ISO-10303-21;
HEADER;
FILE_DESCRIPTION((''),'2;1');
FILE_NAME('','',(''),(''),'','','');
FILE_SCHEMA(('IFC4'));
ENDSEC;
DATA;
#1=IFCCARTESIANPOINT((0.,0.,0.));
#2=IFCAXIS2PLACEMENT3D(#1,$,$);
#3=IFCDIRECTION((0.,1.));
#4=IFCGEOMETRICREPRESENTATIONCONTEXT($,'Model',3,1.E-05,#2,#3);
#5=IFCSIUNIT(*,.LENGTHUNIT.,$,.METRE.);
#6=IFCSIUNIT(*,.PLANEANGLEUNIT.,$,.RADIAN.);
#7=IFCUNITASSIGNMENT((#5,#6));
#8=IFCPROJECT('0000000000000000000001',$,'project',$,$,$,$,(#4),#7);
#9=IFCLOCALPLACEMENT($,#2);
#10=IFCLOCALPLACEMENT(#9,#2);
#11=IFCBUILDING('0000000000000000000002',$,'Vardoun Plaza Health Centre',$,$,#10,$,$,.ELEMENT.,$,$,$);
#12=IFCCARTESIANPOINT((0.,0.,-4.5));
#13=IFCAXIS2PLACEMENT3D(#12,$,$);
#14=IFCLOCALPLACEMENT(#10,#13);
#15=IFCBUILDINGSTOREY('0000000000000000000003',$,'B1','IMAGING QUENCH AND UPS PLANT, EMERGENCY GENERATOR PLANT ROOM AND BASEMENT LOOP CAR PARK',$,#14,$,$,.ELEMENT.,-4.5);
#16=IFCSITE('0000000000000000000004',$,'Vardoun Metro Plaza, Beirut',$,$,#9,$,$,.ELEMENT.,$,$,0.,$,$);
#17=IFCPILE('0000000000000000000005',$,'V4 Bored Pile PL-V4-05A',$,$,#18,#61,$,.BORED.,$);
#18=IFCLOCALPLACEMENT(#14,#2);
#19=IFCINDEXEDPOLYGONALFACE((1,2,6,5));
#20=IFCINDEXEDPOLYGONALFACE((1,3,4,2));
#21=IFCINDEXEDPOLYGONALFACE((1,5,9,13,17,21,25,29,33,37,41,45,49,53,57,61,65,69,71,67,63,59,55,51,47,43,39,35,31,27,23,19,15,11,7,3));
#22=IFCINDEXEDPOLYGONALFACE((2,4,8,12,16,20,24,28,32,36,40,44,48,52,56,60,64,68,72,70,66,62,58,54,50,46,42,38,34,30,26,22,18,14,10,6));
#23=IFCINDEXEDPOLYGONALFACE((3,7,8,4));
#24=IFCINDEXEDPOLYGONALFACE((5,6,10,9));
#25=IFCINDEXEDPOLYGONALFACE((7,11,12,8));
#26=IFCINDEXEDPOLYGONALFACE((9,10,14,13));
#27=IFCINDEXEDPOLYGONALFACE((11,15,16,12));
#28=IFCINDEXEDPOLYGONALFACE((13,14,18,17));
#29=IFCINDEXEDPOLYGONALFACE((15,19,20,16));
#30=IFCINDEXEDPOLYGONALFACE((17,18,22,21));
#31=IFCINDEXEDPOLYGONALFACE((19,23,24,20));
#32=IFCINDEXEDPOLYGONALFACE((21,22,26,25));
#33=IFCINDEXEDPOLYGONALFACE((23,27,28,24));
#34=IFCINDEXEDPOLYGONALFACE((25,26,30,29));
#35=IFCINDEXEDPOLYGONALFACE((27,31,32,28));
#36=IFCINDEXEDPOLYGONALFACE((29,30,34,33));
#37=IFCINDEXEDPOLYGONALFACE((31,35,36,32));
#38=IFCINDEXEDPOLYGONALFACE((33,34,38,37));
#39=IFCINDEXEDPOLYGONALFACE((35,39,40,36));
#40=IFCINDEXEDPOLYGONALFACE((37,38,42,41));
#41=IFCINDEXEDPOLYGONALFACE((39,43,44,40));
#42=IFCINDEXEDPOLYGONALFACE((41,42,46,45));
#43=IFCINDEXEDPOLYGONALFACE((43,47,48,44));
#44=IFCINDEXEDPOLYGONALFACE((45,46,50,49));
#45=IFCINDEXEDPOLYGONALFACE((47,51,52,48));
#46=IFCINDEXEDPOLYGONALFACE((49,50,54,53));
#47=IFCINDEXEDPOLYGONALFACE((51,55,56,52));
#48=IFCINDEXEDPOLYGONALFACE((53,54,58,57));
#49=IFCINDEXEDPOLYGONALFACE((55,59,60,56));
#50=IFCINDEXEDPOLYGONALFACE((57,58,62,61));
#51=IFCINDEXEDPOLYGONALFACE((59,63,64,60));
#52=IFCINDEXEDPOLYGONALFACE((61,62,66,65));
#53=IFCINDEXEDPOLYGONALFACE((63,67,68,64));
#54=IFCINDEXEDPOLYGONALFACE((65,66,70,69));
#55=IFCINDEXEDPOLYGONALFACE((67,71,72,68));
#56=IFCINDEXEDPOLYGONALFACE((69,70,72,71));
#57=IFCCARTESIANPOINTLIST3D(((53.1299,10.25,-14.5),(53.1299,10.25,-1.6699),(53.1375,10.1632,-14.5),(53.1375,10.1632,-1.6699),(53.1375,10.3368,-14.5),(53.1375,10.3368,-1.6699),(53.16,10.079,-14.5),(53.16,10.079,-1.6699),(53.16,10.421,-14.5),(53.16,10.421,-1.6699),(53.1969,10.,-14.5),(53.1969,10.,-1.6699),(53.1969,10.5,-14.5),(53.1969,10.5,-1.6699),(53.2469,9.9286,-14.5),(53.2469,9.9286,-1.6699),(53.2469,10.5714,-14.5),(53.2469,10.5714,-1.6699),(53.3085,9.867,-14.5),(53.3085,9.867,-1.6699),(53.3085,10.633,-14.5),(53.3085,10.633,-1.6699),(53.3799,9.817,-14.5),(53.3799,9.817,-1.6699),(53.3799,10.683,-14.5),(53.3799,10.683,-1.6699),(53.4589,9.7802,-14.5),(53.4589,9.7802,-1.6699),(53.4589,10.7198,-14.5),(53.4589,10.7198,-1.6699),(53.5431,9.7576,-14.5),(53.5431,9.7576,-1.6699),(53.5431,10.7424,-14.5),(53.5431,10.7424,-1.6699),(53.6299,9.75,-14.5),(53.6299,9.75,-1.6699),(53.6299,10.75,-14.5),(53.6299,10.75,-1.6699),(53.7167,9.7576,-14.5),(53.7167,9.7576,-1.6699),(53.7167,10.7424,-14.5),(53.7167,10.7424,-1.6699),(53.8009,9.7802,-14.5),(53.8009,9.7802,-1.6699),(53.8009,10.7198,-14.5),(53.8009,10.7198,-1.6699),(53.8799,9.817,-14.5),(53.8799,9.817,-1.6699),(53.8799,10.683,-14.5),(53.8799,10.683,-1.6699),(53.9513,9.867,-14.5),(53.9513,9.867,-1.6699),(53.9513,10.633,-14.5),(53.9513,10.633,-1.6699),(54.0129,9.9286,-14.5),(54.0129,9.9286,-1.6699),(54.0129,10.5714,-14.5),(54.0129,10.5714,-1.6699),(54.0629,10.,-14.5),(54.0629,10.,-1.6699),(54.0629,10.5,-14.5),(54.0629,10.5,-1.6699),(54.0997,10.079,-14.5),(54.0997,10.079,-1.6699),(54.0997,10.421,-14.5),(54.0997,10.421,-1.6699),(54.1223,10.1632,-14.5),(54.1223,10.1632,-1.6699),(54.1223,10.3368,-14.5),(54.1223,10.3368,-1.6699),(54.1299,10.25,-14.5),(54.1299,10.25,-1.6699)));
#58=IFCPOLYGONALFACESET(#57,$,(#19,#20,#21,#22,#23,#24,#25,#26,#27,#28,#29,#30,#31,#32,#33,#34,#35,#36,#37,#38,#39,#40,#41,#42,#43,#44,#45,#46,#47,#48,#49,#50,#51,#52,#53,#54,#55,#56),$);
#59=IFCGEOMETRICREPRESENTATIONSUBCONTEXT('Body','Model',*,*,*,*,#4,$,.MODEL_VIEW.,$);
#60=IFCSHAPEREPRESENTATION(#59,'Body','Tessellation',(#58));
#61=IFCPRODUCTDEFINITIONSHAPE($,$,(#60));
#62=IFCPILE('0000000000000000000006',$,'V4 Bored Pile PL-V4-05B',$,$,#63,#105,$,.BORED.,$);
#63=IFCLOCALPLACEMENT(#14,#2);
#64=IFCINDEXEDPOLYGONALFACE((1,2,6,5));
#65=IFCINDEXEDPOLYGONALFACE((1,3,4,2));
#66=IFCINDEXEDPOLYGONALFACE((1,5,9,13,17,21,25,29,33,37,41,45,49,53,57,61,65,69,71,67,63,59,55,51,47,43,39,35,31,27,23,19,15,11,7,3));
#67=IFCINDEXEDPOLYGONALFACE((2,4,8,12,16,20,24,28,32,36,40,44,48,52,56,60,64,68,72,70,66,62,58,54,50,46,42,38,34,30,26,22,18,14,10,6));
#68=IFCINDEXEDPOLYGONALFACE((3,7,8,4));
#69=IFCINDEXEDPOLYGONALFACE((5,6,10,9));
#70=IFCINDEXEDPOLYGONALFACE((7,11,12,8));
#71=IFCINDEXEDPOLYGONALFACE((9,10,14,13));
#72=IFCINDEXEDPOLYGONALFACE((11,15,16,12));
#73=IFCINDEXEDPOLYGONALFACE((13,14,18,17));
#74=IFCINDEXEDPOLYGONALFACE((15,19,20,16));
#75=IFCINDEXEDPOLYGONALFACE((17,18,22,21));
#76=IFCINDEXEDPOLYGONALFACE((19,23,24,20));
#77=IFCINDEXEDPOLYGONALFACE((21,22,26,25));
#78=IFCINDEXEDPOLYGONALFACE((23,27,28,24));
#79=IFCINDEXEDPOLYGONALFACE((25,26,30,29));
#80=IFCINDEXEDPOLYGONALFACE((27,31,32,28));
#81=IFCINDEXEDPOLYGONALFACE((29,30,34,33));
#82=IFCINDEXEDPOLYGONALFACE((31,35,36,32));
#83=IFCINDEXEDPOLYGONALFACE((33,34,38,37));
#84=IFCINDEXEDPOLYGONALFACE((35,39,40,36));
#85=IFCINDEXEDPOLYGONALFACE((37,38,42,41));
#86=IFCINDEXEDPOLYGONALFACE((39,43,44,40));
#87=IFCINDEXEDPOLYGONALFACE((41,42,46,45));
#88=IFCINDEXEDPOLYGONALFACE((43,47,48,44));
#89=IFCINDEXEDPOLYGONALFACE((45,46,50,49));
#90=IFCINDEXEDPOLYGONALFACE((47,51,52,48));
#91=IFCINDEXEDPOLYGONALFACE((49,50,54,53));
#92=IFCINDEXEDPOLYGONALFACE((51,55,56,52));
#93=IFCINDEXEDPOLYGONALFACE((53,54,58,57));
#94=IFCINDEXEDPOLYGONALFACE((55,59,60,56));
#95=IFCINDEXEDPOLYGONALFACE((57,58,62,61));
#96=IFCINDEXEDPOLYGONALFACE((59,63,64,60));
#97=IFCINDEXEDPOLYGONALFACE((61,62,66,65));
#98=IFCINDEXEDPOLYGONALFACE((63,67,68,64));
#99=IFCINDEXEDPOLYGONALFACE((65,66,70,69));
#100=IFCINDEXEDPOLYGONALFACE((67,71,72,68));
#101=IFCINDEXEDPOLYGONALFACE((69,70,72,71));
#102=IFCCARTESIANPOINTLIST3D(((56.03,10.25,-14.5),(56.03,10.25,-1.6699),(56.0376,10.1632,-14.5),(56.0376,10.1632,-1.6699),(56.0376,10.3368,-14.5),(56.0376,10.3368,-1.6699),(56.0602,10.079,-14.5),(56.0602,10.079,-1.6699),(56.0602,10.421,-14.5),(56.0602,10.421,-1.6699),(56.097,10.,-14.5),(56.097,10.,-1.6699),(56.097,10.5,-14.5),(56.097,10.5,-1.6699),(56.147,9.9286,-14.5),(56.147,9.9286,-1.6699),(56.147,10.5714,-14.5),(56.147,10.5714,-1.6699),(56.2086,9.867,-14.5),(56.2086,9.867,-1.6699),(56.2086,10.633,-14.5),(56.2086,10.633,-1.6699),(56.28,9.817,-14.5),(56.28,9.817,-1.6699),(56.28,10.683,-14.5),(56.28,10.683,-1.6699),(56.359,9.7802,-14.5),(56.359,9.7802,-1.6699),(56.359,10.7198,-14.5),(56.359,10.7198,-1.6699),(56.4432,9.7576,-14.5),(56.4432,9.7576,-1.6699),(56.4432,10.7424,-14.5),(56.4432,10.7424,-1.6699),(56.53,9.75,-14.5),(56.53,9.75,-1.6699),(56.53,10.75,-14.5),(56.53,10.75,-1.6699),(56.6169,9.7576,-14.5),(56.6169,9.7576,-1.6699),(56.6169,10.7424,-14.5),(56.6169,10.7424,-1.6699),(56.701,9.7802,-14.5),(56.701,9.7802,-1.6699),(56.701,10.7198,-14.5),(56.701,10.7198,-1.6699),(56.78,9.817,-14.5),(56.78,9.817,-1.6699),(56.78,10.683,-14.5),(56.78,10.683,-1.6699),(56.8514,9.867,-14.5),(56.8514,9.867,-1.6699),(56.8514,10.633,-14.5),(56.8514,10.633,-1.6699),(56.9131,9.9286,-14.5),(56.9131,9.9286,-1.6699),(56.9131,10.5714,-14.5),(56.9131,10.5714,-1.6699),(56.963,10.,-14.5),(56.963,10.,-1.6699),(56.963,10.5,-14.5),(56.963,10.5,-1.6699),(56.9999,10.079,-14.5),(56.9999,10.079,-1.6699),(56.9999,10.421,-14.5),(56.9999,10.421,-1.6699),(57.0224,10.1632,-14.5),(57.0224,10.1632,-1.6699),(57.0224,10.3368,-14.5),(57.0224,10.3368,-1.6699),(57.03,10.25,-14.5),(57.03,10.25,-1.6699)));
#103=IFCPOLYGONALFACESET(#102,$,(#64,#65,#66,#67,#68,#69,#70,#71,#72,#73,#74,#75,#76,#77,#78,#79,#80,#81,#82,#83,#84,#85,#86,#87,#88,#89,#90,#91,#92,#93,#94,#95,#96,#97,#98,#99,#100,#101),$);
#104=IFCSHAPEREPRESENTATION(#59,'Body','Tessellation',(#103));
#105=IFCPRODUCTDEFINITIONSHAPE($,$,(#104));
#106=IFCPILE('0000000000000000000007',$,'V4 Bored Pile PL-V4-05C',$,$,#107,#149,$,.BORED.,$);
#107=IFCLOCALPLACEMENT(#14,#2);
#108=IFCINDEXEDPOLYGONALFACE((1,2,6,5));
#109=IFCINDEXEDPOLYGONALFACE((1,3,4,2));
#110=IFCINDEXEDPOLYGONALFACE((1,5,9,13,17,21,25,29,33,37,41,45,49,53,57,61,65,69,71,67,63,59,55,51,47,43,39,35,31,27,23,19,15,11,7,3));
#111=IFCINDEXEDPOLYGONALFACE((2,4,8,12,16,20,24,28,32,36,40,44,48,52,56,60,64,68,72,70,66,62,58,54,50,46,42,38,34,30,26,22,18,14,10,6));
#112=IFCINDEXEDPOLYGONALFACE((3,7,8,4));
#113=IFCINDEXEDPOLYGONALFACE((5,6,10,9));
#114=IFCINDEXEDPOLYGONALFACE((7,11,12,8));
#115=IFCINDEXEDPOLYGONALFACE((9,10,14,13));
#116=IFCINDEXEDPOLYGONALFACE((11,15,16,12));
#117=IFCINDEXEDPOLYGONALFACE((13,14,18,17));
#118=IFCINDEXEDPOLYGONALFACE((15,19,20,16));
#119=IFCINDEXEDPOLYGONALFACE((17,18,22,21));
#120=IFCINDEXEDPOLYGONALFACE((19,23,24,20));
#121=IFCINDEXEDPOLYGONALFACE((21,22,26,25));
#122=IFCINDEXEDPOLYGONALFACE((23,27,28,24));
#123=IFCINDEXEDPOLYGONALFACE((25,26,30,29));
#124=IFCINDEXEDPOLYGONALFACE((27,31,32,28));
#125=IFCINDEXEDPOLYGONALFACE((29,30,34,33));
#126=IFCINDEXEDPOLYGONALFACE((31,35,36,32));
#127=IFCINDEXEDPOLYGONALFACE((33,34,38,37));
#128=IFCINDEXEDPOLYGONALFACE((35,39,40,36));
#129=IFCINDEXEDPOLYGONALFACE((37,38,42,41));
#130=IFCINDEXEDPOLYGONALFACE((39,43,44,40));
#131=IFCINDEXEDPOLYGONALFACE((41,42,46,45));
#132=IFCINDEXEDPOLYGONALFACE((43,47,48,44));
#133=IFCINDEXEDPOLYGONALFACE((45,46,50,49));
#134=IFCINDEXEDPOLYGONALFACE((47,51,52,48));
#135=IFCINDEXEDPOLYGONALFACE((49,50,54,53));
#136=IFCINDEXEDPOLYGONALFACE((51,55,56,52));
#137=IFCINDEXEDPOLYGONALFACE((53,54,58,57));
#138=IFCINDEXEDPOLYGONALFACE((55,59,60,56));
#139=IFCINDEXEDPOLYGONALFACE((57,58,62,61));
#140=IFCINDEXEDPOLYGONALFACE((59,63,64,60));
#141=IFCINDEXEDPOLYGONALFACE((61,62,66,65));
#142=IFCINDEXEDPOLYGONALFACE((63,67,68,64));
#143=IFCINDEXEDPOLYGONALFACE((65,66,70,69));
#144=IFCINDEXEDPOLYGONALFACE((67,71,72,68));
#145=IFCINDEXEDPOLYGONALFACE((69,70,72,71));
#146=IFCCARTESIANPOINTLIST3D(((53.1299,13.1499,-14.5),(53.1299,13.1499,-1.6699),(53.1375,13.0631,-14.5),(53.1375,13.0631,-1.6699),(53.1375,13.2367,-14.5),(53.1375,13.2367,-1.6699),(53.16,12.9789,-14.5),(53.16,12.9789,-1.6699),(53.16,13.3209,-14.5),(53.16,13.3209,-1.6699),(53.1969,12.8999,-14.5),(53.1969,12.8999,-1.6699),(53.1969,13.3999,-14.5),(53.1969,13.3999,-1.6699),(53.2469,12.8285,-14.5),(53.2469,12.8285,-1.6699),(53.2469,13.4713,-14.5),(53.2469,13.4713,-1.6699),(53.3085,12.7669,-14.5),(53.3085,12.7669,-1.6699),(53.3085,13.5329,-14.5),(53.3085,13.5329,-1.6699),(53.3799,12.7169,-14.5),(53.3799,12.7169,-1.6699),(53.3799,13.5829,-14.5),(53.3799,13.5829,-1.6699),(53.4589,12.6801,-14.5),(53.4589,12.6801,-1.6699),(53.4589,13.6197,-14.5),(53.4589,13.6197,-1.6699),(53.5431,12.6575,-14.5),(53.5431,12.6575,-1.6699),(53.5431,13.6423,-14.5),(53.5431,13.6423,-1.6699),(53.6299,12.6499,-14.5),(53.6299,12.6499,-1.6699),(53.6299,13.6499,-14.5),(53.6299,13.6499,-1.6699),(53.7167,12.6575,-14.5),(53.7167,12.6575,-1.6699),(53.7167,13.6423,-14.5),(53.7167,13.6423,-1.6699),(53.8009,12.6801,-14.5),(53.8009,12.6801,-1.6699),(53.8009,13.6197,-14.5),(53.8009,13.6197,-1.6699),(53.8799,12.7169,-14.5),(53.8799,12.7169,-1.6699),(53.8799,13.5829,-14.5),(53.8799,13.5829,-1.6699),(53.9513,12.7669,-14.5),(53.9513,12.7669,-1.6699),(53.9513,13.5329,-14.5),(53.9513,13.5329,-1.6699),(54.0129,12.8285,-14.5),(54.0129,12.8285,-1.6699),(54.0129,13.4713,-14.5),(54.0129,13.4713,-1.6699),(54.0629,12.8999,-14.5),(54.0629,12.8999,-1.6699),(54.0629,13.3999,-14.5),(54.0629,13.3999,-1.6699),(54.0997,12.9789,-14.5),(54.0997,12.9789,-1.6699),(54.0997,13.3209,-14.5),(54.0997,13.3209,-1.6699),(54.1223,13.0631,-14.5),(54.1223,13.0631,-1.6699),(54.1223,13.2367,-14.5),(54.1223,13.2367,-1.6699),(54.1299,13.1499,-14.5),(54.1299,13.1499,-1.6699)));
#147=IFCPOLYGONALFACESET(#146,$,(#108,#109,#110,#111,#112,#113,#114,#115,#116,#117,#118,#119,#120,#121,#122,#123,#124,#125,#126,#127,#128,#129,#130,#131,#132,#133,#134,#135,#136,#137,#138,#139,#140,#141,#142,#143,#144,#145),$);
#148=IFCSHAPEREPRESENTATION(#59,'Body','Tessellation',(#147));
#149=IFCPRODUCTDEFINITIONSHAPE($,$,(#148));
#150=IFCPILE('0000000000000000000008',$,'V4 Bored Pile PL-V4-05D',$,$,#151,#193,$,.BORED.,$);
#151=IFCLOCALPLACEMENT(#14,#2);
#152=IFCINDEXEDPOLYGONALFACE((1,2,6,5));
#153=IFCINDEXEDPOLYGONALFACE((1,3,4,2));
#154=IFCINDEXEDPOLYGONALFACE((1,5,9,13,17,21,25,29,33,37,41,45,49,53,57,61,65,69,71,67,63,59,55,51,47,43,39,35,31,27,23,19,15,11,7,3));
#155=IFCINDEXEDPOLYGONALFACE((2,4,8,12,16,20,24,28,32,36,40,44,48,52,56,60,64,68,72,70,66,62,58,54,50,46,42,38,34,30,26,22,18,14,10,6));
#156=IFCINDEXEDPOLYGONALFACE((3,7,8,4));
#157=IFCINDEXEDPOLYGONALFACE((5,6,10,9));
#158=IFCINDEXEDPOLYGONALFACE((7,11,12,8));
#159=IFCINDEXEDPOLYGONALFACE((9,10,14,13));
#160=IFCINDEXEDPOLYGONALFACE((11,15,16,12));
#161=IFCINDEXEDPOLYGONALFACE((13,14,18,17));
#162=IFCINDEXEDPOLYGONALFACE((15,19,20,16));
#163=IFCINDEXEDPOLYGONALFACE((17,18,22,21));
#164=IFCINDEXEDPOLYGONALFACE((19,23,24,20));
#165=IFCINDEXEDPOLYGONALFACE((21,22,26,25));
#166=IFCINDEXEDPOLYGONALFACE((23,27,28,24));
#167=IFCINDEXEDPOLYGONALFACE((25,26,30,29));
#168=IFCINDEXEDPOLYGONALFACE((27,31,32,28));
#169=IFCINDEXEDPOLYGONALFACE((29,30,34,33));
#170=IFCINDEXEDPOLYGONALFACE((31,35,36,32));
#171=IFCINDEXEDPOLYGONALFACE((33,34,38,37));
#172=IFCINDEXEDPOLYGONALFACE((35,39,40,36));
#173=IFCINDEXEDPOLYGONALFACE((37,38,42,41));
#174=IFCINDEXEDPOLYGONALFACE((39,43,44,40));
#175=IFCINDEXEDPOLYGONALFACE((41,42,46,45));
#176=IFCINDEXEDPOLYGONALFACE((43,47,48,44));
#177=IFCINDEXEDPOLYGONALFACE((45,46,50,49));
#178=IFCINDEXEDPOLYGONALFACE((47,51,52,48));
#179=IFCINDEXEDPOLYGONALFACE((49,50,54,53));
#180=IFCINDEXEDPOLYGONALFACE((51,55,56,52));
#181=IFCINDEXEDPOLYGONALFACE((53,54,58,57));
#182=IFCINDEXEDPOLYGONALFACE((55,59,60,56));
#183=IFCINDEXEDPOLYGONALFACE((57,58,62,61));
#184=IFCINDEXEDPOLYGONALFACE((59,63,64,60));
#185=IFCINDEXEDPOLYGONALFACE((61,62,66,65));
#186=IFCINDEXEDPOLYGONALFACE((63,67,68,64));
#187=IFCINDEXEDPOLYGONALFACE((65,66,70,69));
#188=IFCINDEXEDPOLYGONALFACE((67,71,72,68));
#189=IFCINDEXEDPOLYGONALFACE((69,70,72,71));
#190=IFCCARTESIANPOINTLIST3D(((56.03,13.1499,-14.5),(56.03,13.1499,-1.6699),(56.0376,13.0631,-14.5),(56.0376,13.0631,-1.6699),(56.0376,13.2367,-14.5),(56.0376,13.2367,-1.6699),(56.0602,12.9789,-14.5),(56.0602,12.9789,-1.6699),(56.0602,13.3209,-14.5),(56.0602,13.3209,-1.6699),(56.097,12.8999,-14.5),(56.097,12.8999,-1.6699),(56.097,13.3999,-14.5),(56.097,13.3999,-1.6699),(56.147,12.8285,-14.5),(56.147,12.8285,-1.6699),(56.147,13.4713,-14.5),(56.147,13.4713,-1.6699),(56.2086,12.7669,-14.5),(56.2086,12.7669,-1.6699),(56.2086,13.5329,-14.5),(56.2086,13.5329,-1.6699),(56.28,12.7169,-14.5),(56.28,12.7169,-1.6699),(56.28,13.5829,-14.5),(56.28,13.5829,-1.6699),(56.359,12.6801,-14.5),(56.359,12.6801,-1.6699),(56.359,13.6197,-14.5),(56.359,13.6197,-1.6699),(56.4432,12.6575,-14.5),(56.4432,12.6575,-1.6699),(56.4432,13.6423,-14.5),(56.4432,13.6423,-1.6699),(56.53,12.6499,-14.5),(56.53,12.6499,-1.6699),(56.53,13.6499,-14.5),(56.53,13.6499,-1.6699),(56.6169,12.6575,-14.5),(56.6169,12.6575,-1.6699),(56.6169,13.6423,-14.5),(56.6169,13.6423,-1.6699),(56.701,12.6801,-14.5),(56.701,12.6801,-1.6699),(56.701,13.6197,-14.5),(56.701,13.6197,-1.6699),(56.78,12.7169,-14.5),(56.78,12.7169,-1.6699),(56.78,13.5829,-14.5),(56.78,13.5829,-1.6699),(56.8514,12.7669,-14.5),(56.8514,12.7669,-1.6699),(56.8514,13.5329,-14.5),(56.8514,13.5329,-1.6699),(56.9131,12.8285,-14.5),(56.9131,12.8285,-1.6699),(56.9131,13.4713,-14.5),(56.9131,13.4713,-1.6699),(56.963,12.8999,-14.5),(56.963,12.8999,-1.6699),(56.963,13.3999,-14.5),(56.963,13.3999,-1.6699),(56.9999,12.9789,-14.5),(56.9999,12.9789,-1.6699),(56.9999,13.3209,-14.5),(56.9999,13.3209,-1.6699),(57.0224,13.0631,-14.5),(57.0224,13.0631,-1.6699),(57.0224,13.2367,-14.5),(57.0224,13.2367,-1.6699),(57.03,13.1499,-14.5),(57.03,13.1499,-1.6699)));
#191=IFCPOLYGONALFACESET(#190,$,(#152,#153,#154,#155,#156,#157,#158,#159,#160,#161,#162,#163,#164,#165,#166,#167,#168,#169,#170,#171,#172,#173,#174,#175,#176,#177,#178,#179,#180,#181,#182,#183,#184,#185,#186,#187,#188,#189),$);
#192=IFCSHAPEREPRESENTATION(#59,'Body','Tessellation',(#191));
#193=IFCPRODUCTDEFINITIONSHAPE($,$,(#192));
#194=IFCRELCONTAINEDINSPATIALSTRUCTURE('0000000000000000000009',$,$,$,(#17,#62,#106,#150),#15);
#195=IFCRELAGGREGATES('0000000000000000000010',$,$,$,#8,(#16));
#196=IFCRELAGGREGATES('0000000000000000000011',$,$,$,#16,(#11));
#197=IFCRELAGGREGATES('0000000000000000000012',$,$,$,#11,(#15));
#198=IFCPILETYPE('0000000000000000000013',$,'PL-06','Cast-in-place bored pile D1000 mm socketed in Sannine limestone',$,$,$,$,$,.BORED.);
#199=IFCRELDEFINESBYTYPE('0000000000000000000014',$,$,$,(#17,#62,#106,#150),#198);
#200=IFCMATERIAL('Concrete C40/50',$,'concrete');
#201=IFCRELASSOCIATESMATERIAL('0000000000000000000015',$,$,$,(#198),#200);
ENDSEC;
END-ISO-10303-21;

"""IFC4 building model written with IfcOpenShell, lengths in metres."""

from ifc_helpers import new_model, si_unit, direction, frame, origin, origin_2d, place, context, subcontext, project, spatial, circle, extrude, material, material_profile, profile_set, type_object, element, save


model = new_model("IFC4")

# Units and contexts
model_context = context("Model", 3, precision=1e-05, world=origin(), true_north=direction((0.0, 1.0)))
body_context = subcontext(model_context, "Body", "Model", "MODEL_VIEW")
ifc_project = project(units=[si_unit("LENGTHUNIT", "METRE"), si_unit("PLANEANGLEUNIT", "RADIAN")], contexts=[model_context])

# Site, building, storey
site_placement = place(None, origin())
site = spatial("IfcSite", under=ifc_project, at=site_placement, Name="Vardoun Metro Plaza, Beirut", CompositionType="ELEMENT", RefElevation=0.0)
building_placement = place(site_placement, origin())
building = spatial("IfcBuilding", under=site, at=building_placement, Name="Vardoun Plaza Health Centre", CompositionType="ELEMENT")
storey_placement = place(building_placement, frame((0.0, 0.0, -4.5)))
storey = spatial("IfcBuildingStorey", under=building, at=storey_placement, Name="B1", Description="IMAGING QUENCH AND UPS PLANT, EMERGENCY GENERATOR PLANT ROOM AND BASEMENT LOOP CAR PARK", CompositionType="ELEMENT", Elevation=-4.5)

# Piles
ifc_material_1 = material(Name="Concrete C40/50", Category="concrete")
ifc_material_profile_1 = material_profile(ifc_material_1, circle(Radius=0.5, at=origin_2d()), Name="PILE D1000")
ifc_profile_set_1 = profile_set([ifc_material_profile_1], Name="Concrete C40/50")
pile_type_1 = type_object("IfcPileType", Name="PL-06", Description="Cast-in-place bored pile D1000 mm socketed in Sannine limestone", PredefinedType="BORED", material=ifc_profile_set_1)
for number, where, z_axis, x_axis, name in (
    (1, (53.6299, 10.25, -1.6699), (0.0, 0.0, -1.0), (1.0, 0.0, 0.0), "V4 Bored Pile PL-V4-05A"),
    (2, (56.53, 10.25, -1.6699), (0.0, 0.0, -1.0), (1.0, 0.0, 0.0), "V4 Bored Pile PL-V4-05B"),
    (3, (53.6299, 13.1499, -1.6699), (0.0, 0.0, -1.0), (1.0, 0.0, 0.0), "V4 Bored Pile PL-V4-05C"),
    (4, (56.53, 13.1499, -1.6699), (0.0, 0.0, -1.0), (1.0, 0.0, 0.0), "V4 Bored Pile PL-V4-05D"),
):
    element("IfcPile", number, at=place(storey_placement, frame(where, z_axis=z_axis, x_axis=x_axis)), inside=storey, type_object=pile_type_1, Name=name, PredefinedType="BORED", context=body_context, shape_type="SweptSolid", body=[
        extrude(circle(Radius=0.5, at=origin_2d()), origin(), (0.0, 0.0, 1.0), 12.8301),
    ])

save(model, "model.ifc")
